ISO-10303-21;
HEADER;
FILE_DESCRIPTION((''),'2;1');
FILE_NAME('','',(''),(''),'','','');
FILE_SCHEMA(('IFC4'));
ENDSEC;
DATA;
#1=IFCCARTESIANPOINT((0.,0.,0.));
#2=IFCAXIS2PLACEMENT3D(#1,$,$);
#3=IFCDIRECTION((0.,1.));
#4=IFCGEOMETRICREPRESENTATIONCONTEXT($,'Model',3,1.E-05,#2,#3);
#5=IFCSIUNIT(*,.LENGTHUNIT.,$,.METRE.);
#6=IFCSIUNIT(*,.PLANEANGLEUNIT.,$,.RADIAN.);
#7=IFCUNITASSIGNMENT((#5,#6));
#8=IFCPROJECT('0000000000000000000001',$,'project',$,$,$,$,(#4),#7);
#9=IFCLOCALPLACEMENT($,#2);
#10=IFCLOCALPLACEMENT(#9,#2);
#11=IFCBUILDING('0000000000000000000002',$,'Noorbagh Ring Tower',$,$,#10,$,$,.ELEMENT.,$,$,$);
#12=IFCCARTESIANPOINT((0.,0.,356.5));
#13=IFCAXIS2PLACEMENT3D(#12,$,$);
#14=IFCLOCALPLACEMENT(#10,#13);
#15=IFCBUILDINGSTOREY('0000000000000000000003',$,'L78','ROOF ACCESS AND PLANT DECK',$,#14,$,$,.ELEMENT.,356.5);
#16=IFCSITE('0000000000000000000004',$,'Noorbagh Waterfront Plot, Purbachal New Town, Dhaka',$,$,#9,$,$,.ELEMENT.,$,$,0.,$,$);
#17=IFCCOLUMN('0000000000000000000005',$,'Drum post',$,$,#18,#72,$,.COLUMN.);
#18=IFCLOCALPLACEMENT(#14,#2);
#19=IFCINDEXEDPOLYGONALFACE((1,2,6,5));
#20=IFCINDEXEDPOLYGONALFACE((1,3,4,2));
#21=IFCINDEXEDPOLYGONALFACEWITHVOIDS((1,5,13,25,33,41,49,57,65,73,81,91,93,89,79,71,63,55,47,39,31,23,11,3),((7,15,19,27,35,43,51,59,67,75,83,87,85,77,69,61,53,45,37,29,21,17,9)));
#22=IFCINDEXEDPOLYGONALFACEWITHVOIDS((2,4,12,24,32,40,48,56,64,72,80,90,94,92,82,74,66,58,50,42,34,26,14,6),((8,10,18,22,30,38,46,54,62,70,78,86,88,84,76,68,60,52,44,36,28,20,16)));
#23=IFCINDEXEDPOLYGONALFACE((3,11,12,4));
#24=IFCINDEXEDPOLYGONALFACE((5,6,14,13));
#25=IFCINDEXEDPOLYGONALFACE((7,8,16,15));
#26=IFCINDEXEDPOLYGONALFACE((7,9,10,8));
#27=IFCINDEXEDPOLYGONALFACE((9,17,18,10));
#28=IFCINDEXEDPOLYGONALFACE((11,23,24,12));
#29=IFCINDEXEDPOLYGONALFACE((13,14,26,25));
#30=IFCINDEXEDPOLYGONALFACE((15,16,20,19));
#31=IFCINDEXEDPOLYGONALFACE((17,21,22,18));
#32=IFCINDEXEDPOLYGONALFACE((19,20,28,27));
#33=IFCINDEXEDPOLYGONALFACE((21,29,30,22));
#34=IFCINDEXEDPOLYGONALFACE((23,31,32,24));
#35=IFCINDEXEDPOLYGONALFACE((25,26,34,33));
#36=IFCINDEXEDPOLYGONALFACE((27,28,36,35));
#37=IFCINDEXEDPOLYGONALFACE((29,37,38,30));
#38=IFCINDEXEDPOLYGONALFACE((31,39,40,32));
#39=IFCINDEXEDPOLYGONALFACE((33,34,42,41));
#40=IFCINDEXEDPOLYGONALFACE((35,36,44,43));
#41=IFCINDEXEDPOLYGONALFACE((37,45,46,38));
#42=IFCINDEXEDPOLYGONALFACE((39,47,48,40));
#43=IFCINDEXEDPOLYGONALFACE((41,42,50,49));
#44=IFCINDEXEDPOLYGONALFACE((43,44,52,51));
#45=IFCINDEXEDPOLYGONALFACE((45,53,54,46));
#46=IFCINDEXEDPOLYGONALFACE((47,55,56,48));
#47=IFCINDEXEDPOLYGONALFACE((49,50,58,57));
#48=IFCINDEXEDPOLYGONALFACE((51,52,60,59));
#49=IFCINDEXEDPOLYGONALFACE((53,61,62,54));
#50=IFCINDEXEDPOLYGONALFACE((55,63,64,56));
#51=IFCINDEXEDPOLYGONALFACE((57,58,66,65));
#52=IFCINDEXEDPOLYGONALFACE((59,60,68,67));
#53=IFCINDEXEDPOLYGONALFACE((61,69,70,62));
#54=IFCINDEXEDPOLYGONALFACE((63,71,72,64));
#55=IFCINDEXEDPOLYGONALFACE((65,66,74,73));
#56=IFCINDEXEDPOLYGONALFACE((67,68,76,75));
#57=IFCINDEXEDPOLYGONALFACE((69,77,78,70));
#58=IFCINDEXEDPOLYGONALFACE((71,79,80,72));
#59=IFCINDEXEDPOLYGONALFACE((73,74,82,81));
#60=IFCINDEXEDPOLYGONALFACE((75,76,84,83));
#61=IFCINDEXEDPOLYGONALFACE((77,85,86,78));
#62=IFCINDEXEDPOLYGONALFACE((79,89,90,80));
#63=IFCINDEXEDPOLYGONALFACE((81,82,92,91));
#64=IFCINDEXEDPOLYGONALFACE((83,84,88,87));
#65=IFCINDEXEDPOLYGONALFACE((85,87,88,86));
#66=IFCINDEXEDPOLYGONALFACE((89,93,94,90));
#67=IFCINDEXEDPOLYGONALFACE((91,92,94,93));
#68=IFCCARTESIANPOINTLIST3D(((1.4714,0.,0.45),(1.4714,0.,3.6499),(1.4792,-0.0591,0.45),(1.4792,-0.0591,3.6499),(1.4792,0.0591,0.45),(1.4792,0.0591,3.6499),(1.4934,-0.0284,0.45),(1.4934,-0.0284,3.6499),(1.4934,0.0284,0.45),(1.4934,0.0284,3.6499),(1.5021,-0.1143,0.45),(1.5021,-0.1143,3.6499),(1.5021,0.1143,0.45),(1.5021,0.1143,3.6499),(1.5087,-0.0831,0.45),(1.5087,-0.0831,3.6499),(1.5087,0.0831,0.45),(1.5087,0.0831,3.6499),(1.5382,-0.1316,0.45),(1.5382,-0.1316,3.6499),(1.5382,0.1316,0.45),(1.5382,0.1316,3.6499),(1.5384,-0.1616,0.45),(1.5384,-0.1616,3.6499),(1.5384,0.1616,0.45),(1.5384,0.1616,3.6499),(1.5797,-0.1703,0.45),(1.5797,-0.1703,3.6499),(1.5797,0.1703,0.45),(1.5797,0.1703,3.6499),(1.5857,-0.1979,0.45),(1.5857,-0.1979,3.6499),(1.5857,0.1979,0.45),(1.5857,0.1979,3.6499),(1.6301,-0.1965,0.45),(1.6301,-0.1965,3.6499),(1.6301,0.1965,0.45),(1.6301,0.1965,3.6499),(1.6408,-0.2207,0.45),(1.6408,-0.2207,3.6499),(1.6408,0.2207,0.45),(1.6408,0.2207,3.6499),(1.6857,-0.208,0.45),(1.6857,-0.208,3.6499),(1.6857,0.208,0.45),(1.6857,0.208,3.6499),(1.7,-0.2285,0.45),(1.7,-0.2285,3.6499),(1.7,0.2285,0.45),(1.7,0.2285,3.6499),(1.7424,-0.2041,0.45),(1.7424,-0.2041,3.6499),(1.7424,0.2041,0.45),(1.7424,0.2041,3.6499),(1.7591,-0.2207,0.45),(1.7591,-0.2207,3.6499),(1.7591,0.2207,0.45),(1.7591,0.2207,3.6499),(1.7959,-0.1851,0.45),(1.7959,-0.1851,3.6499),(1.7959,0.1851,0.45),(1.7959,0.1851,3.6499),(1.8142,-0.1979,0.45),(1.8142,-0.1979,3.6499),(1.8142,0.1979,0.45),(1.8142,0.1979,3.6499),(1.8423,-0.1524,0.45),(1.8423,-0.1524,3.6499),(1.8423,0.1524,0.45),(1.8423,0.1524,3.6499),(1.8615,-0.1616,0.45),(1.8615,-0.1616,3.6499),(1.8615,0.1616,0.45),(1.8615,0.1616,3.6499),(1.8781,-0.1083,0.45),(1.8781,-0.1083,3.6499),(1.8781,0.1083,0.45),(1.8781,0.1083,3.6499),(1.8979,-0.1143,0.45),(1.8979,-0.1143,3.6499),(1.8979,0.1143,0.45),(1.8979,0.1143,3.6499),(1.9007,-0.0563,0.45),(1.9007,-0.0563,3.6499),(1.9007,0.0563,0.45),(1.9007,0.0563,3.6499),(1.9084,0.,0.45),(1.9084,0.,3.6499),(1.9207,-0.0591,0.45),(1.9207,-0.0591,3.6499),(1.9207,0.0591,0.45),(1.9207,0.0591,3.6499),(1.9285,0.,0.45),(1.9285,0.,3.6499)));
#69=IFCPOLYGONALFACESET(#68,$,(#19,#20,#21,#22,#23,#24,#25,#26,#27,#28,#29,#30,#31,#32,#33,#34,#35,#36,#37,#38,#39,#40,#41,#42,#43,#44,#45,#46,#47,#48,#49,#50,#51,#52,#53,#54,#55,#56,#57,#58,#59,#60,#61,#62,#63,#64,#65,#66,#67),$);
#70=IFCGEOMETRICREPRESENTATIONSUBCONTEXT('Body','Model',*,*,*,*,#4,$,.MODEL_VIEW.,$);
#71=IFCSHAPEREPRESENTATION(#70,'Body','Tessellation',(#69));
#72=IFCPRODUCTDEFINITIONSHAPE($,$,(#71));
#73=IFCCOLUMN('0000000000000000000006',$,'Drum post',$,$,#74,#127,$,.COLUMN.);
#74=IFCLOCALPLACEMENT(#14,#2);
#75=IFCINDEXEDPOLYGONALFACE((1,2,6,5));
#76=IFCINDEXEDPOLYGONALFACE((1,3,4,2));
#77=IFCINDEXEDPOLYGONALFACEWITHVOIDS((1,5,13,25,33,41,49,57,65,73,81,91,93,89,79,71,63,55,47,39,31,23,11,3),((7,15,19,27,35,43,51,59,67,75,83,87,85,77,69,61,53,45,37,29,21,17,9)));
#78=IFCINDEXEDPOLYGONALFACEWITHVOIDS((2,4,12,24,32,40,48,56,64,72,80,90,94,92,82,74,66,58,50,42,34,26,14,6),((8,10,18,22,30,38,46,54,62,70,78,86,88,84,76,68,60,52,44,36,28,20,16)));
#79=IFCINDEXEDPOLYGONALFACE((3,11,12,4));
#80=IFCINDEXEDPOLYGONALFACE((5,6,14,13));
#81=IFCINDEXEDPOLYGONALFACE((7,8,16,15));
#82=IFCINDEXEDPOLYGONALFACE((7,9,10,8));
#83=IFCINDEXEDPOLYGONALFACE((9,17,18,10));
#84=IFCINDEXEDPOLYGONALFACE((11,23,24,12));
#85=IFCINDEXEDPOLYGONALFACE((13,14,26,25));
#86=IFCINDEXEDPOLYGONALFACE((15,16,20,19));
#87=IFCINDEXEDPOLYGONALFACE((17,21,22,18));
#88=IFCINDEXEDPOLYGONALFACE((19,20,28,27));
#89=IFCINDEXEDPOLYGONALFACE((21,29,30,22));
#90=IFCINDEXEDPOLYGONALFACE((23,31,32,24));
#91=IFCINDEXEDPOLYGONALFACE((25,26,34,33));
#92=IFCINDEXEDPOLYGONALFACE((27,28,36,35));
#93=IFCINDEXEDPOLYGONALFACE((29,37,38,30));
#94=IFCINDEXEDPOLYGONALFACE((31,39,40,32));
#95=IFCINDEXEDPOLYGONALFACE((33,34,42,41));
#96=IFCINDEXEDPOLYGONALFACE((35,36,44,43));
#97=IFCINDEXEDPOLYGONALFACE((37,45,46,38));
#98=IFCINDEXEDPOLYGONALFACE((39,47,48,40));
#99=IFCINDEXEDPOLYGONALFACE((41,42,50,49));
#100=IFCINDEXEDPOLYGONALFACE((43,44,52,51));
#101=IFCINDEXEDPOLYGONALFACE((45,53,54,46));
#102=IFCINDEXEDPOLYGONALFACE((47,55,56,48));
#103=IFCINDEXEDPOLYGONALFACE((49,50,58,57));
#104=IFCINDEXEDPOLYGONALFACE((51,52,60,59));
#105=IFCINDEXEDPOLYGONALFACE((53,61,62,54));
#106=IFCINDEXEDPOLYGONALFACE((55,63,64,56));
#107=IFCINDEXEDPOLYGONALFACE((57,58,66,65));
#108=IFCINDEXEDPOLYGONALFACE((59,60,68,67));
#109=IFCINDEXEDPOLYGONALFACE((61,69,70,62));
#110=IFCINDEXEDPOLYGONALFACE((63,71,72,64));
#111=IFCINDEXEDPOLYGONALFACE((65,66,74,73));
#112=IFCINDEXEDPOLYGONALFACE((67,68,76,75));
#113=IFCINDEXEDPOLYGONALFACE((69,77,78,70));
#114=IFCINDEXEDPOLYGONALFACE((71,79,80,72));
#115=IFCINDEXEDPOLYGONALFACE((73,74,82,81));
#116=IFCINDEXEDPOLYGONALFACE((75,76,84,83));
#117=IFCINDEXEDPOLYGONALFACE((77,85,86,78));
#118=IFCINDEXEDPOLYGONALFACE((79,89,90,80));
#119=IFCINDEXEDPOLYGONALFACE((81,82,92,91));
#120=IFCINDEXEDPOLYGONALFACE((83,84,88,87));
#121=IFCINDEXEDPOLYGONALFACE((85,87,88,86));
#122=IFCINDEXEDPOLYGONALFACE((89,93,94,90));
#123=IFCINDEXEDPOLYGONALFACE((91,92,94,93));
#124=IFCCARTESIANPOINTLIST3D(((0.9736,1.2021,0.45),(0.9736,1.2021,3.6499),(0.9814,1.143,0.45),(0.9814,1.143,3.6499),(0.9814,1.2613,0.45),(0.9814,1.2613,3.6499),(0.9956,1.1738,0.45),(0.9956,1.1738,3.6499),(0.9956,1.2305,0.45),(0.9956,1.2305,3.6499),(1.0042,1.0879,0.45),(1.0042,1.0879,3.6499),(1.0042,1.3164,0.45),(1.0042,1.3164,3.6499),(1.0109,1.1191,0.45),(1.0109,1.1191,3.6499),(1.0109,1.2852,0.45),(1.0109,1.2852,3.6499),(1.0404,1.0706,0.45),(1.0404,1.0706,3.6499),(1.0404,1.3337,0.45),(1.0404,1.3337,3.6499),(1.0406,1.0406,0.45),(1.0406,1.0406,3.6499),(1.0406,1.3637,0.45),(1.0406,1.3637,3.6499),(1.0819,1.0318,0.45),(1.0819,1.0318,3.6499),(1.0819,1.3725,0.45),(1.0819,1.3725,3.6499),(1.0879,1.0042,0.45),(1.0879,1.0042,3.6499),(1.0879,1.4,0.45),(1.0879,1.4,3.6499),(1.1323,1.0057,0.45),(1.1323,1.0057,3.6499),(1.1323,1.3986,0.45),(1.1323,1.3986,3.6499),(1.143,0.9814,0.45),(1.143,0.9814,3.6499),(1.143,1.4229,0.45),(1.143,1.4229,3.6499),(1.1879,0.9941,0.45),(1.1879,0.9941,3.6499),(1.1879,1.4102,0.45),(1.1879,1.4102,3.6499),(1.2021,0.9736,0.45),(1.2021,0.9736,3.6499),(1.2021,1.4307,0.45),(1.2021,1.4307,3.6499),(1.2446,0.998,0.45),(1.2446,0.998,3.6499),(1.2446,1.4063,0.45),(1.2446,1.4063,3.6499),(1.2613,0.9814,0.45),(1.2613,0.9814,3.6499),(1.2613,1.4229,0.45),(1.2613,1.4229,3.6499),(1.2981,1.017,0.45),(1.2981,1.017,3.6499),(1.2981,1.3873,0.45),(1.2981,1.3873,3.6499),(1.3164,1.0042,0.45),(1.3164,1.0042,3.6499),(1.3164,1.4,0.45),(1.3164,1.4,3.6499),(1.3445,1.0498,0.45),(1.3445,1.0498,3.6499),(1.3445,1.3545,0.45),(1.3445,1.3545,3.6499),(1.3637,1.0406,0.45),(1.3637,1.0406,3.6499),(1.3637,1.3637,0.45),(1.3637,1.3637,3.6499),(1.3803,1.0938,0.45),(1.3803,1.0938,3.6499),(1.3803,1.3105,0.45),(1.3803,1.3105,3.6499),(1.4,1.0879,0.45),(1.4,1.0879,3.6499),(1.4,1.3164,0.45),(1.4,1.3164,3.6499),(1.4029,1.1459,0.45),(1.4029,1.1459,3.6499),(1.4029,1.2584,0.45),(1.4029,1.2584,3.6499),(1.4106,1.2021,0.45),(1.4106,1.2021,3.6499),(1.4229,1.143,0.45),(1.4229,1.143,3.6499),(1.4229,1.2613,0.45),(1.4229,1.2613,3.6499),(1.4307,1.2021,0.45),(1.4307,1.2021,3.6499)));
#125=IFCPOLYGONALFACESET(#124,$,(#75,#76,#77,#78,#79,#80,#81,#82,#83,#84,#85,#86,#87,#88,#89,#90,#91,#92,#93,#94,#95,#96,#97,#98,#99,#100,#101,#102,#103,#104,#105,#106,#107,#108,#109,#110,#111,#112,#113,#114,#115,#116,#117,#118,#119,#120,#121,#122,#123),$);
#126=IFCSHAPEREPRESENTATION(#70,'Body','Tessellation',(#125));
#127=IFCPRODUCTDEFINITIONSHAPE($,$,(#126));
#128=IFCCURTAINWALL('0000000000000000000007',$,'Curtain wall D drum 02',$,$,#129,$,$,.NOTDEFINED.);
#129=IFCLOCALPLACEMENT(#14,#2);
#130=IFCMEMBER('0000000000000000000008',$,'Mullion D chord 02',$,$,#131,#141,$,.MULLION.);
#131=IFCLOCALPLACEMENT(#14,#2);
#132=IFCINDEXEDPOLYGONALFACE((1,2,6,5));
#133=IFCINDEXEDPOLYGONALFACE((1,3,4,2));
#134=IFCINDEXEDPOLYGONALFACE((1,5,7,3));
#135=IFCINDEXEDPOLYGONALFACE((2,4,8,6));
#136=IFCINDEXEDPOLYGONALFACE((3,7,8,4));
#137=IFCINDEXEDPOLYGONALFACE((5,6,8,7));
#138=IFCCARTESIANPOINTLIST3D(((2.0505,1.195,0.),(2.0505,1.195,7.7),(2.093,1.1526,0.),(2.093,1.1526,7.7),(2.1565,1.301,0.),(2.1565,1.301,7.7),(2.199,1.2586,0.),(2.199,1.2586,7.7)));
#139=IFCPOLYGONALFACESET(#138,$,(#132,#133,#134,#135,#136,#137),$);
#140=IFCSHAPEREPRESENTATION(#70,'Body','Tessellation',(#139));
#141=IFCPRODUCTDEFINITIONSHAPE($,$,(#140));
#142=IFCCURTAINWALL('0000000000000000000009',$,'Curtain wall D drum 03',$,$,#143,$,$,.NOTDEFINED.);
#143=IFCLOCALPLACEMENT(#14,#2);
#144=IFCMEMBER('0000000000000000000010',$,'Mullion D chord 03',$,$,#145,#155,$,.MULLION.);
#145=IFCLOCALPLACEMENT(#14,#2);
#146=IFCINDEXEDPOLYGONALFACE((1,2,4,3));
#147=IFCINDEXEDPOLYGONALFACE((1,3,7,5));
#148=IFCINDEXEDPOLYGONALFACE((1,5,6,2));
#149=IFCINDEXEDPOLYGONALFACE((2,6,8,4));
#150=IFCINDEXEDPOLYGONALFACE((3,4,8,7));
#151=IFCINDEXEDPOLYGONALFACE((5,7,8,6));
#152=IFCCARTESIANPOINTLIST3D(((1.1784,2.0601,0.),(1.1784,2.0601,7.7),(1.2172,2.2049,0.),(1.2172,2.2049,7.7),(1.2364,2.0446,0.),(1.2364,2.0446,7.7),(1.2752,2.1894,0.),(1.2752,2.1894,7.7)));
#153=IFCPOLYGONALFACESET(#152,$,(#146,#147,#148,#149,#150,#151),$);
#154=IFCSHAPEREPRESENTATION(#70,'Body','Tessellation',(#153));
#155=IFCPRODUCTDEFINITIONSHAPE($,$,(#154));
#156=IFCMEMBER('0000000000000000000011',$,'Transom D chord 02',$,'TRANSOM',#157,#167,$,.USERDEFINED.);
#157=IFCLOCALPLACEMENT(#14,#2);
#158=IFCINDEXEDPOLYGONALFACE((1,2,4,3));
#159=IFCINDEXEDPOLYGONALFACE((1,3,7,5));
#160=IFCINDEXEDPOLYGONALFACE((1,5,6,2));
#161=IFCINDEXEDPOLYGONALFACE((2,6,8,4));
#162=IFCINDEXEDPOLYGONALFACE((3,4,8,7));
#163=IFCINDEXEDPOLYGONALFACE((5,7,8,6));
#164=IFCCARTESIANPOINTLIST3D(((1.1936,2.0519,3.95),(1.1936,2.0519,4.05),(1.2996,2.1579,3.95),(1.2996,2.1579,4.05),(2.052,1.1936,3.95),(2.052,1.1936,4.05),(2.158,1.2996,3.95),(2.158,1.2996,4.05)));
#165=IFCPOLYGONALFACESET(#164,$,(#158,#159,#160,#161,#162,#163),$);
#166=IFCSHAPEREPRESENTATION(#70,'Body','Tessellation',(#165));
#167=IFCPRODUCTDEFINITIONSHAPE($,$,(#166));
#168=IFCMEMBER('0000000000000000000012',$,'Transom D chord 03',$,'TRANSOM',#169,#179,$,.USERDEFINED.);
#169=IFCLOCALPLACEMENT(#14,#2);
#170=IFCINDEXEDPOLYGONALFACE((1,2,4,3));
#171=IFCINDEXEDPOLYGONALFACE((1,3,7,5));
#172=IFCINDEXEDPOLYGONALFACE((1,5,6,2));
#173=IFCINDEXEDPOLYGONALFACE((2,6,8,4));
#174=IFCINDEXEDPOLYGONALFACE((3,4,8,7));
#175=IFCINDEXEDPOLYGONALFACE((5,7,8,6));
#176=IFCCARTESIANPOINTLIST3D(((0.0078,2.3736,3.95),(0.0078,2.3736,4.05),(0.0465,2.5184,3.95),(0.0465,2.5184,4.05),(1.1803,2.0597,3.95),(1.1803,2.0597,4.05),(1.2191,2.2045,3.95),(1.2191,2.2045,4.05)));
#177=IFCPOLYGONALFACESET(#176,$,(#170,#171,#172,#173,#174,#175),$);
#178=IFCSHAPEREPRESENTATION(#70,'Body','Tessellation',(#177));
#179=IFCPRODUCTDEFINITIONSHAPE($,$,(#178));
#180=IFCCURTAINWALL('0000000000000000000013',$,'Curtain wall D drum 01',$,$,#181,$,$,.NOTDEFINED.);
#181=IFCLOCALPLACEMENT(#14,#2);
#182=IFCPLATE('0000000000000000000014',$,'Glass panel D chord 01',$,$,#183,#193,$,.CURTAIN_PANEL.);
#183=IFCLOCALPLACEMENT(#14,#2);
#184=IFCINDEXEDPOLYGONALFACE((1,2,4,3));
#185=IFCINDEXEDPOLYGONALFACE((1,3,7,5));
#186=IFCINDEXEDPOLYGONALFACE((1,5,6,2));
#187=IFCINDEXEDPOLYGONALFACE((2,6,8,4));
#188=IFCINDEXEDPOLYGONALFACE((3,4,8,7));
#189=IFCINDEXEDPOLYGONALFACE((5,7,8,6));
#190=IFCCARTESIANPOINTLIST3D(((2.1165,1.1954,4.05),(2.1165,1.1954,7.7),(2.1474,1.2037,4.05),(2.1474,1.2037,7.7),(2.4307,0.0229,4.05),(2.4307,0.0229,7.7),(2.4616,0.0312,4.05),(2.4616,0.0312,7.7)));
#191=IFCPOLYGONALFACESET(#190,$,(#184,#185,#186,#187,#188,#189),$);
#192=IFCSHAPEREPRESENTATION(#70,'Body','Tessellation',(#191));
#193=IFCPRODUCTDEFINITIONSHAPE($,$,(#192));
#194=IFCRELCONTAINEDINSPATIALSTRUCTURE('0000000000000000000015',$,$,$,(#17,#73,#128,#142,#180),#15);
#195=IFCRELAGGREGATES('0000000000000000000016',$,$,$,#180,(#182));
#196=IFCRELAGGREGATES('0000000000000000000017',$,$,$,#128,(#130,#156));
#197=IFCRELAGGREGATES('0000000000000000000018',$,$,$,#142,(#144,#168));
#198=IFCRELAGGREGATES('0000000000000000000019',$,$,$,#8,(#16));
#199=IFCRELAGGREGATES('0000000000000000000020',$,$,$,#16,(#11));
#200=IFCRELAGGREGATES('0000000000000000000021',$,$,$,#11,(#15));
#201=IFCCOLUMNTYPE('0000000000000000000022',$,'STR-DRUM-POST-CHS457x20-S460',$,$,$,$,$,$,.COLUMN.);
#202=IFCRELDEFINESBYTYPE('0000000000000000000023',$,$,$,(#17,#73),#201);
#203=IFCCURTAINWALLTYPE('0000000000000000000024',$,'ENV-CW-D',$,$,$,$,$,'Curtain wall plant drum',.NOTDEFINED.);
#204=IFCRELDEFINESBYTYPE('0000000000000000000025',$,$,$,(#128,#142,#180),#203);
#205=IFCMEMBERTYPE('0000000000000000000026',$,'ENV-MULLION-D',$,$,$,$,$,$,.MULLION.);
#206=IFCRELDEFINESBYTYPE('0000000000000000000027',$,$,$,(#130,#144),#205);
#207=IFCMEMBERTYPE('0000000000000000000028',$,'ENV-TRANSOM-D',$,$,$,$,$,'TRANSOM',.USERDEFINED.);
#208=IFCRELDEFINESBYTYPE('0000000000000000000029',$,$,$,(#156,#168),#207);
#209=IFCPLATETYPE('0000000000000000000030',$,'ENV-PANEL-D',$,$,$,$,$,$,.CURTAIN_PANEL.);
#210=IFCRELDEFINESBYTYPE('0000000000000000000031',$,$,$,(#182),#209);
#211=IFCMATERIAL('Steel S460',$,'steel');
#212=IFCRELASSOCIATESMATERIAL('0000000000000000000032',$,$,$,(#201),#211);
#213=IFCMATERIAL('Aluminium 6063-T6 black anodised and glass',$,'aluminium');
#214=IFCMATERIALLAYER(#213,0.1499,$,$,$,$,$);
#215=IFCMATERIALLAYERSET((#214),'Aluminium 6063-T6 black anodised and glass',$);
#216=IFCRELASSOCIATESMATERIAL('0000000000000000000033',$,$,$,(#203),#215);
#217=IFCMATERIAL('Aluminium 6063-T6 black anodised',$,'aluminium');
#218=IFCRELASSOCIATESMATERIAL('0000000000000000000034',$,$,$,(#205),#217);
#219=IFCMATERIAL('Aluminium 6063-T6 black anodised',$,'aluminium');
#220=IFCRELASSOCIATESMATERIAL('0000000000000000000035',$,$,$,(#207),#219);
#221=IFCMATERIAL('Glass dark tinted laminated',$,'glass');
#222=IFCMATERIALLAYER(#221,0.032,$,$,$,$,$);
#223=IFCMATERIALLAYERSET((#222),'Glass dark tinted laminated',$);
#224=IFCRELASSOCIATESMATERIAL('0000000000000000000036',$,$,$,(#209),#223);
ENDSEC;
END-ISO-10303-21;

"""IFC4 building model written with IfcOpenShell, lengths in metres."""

from ifc_helpers import new_model, si_unit, direction, frame, origin, origin_2d, place, context, subcontext, project, spatial, rectangle, hollow_circle, extrude, material, layer, layer_set, material_profile, profile_set, type_object, element, aggregate, save


model = new_model("IFC4")

# Units and contexts
model_context = context("Model", 3, precision=1e-05, world=origin(), true_north=direction((0.0, 1.0)))
body_context = subcontext(model_context, "Body", "Model", "MODEL_VIEW")
ifc_project = project(units=[si_unit("LENGTHUNIT", "METRE"), si_unit("PLANEANGLEUNIT", "RADIAN")], contexts=[model_context])

# Site, building, storey
site_placement = place(None, origin())
site = spatial("IfcSite", under=ifc_project, at=site_placement, Name="Noorbagh Waterfront Plot, Purbachal New Town, Dhaka", CompositionType="ELEMENT", RefElevation=0.0)
building_placement = place(site_placement, origin())
building = spatial("IfcBuilding", under=site, at=building_placement, Name="Noorbagh Ring Tower", CompositionType="ELEMENT")
storey_placement = place(building_placement, frame((0.0, 0.0, 356.5)))
storey = spatial("IfcBuildingStorey", under=building, at=storey_placement, Name="L78", Description="ROOF ACCESS AND PLANT DECK", CompositionType="ELEMENT", Elevation=356.5)

# Columns
ifc_material_1 = material(Name="Steel S460", Category="steel")
ifc_material_profile_1 = material_profile(ifc_material_1, hollow_circle(Radius=0.2285, WallThickness=0.02, at=origin_2d()), Name="CHS457x20")
ifc_profile_set_1 = profile_set([ifc_material_profile_1], Name="Steel S460")
column_type = type_object("IfcColumnType", Name="STR-DRUM-POST-CHS457x20-S460", PredefinedType="COLUMN", material=ifc_profile_set_1)
for number, where, z_axis, x_axis, name in (
    (1, (1.7, 0.0, 0.45), (0.0, 0.0, 1.0), (1.0, 0.0, 0.0), "Drum post"),
    (2, (1.2021, 1.2021, 0.45), (0.0, 0.0, 1.0), (1.0, 0.0, 0.0), "Drum post"),
):
    element("IfcColumn", number, at=place(storey_placement, frame(where, z_axis=z_axis, x_axis=x_axis)), inside=storey, type_object=column_type, Name=name, PredefinedType="COLUMN", context=body_context, shape_type="SweptSolid", body=[
        extrude(hollow_circle(Radius=0.2285, WallThickness=0.02, at=origin_2d()), origin(), (0.0, 0.0, 1.0), 3.2),
    ])

# Curtain walls, members
ifc_material_2 = material(Name="Aluminium 6063-T6 black anodised and glass", Category="aluminium")
ifc_layer_1 = layer(ifc_material_2, 0.1499)
ifc_layer_set_1 = layer_set([ifc_layer_1], Name="Aluminium 6063-T6 black anodised and glass")
curtain_wall_type = type_object("IfcCurtainWallType", Name="ENV-CW-D", ElementType="Curtain wall plant drum", PredefinedType="NOTDEFINED", material=ifc_layer_set_1)
curtain_wall_1_placement = place(storey_placement, origin())
curtain_wall_1 = element("IfcCurtainWall", 3, at=curtain_wall_1_placement, inside=storey, type_object=curtain_wall_type, Name="Curtain wall D drum 02", PredefinedType="NOTDEFINED")
ifc_material_3 = material(Name="Aluminium 6063-T6 black anodised", Category="aluminium")
ifc_material_profile_2 = material_profile(ifc_material_3, rectangle(XDim=0.1499, YDim=0.0601, at=origin_2d()), Name="150x60")
ifc_profile_set_2 = profile_set([ifc_material_profile_2], Name="Aluminium 6063-T6 black anodised")
member_type_1 = type_object("IfcMemberType", Name="ENV-MULLION-D", PredefinedType="MULLION", material=ifc_profile_set_2)
member_1_placement = place(storey_placement, frame((2.1248, 1.2268, 0.0), z_axis=(0.0, 0.0, 1.0), x_axis=(-0.707107, -0.707107, 0.0)))
member_1 = element("IfcMember", 4, at=member_1_placement, type_object=member_type_1, Name="Mullion D chord 02", PredefinedType="MULLION", context=body_context, shape_type="SweptSolid", body=[
    extrude(rectangle(XDim=0.1499, YDim=0.0601, at=origin_2d()), origin(), (0.0, 0.0, 1.0), 7.7),
])
curtain_wall_2_placement = place(storey_placement, origin())
curtain_wall_2 = element("IfcCurtainWall", 5, at=curtain_wall_2_placement, inside=storey, type_object=curtain_wall_type, Name="Curtain wall D drum 03", PredefinedType="NOTDEFINED")
member_2_placement = place(storey_placement, frame((1.2268, 2.1248, 0.0), z_axis=(0.0, 0.0, 1.0), x_axis=(-0.258819, -0.965926, 0.0)))
member_2 = element("IfcMember", 6, at=member_2_placement, type_object=member_type_1, Name="Mullion D chord 03", PredefinedType="MULLION", context=body_context, shape_type="SweptSolid", body=[
    extrude(rectangle(XDim=0.1499, YDim=0.0601, at=origin_2d()), origin(), (0.0, 0.0, 1.0), 7.7),
])

# Members
ifc_material_4 = material(Name="Aluminium 6063-T6 black anodised", Category="aluminium")
ifc_material_profile_3 = material_profile(ifc_material_4, rectangle(XDim=0.1499, YDim=0.1001, at=origin_2d()), Name="150x100")
ifc_profile_set_3 = profile_set([ifc_material_profile_3], Name="Aluminium 6063-T6 black anodised")
member_type_2 = type_object("IfcMemberType", Name="ENV-TRANSOM-D", ElementType="TRANSOM", PredefinedType="USERDEFINED", material=ifc_profile_set_3)
placement = place(building_placement, frame((0.0, 0.0, 360.1499)))
member_3_placement = place(placement, frame((2.105, 1.2466, 0.3501), z_axis=(-0.707107, 0.707107, 0.0), x_axis=(-0.707107, -0.707107, 0.0)))
member_3 = element("IfcMember", 7, at=member_3_placement, type_object=member_type_2, Name="Transom D chord 02", ObjectType="TRANSOM", PredefinedType="USERDEFINED", context=body_context, shape_type="SweptSolid", body=[
    extrude(rectangle(XDim=0.1499, YDim=0.1001, at=origin_2d()), origin(), (0.0, 0.0, 1.0), 1.2139),
])
member_4_placement = place(placement, frame((1.1997, 2.1321, 0.3501), z_axis=(-0.965974, 0.258639, 0.0), x_axis=(-0.258639, -0.965974, 0.0)))
member_4 = element("IfcMember", 8, at=member_4_placement, type_object=member_type_2, Name="Transom D chord 03", ObjectType="TRANSOM", PredefinedType="USERDEFINED", context=body_context, shape_type="SweptSolid", body=[
    extrude(rectangle(XDim=0.1499, YDim=0.1001, at=origin_2d()), origin(), (0.0, 0.0, 1.0), 1.2139),
])

# Curtain wall, plate
curtain_wall_3_placement = place(storey_placement, origin())
curtain_wall_3 = element("IfcCurtainWall", 9, at=curtain_wall_3_placement, inside=storey, type_object=curtain_wall_type, Name="Curtain wall D drum 01", PredefinedType="NOTDEFINED")
ifc_material_5 = material(Name="Glass dark tinted laminated", Category="glass")
ifc_layer_2 = layer(ifc_material_5, 0.032)
ifc_layer_set_2 = layer_set([ifc_layer_2], Name="Glass dark tinted laminated")
plate_type = type_object("IfcPlateType", Name="ENV-PANEL-D", PredefinedType="CURTAIN_PANEL", material=ifc_layer_set_2)
plate_1_placement = place(placement, frame((2.2891, 0.6133, 0.4001), z_axis=(0.0, 0.0, 1.0), x_axis=(-0.258819, 0.965926, 0.0)))
plate_1 = element("IfcPlate", 10, at=plate_1_placement, type_object=plate_type, Name="Glass panel D chord 01", PredefinedType="CURTAIN_PANEL", context=body_context, shape_type="SweptSolid", body=[
    extrude(rectangle(XDim=1.2139, YDim=0.032, at=origin_2d()), origin(), (0.0, 0.0, 1.0), 3.6499),
])

aggregate(curtain_wall_3, [plate_1])
aggregate(curtain_wall_1, [member_1, member_3])
aggregate(curtain_wall_2, [member_2, member_4])

save(model, "model.ifc")
